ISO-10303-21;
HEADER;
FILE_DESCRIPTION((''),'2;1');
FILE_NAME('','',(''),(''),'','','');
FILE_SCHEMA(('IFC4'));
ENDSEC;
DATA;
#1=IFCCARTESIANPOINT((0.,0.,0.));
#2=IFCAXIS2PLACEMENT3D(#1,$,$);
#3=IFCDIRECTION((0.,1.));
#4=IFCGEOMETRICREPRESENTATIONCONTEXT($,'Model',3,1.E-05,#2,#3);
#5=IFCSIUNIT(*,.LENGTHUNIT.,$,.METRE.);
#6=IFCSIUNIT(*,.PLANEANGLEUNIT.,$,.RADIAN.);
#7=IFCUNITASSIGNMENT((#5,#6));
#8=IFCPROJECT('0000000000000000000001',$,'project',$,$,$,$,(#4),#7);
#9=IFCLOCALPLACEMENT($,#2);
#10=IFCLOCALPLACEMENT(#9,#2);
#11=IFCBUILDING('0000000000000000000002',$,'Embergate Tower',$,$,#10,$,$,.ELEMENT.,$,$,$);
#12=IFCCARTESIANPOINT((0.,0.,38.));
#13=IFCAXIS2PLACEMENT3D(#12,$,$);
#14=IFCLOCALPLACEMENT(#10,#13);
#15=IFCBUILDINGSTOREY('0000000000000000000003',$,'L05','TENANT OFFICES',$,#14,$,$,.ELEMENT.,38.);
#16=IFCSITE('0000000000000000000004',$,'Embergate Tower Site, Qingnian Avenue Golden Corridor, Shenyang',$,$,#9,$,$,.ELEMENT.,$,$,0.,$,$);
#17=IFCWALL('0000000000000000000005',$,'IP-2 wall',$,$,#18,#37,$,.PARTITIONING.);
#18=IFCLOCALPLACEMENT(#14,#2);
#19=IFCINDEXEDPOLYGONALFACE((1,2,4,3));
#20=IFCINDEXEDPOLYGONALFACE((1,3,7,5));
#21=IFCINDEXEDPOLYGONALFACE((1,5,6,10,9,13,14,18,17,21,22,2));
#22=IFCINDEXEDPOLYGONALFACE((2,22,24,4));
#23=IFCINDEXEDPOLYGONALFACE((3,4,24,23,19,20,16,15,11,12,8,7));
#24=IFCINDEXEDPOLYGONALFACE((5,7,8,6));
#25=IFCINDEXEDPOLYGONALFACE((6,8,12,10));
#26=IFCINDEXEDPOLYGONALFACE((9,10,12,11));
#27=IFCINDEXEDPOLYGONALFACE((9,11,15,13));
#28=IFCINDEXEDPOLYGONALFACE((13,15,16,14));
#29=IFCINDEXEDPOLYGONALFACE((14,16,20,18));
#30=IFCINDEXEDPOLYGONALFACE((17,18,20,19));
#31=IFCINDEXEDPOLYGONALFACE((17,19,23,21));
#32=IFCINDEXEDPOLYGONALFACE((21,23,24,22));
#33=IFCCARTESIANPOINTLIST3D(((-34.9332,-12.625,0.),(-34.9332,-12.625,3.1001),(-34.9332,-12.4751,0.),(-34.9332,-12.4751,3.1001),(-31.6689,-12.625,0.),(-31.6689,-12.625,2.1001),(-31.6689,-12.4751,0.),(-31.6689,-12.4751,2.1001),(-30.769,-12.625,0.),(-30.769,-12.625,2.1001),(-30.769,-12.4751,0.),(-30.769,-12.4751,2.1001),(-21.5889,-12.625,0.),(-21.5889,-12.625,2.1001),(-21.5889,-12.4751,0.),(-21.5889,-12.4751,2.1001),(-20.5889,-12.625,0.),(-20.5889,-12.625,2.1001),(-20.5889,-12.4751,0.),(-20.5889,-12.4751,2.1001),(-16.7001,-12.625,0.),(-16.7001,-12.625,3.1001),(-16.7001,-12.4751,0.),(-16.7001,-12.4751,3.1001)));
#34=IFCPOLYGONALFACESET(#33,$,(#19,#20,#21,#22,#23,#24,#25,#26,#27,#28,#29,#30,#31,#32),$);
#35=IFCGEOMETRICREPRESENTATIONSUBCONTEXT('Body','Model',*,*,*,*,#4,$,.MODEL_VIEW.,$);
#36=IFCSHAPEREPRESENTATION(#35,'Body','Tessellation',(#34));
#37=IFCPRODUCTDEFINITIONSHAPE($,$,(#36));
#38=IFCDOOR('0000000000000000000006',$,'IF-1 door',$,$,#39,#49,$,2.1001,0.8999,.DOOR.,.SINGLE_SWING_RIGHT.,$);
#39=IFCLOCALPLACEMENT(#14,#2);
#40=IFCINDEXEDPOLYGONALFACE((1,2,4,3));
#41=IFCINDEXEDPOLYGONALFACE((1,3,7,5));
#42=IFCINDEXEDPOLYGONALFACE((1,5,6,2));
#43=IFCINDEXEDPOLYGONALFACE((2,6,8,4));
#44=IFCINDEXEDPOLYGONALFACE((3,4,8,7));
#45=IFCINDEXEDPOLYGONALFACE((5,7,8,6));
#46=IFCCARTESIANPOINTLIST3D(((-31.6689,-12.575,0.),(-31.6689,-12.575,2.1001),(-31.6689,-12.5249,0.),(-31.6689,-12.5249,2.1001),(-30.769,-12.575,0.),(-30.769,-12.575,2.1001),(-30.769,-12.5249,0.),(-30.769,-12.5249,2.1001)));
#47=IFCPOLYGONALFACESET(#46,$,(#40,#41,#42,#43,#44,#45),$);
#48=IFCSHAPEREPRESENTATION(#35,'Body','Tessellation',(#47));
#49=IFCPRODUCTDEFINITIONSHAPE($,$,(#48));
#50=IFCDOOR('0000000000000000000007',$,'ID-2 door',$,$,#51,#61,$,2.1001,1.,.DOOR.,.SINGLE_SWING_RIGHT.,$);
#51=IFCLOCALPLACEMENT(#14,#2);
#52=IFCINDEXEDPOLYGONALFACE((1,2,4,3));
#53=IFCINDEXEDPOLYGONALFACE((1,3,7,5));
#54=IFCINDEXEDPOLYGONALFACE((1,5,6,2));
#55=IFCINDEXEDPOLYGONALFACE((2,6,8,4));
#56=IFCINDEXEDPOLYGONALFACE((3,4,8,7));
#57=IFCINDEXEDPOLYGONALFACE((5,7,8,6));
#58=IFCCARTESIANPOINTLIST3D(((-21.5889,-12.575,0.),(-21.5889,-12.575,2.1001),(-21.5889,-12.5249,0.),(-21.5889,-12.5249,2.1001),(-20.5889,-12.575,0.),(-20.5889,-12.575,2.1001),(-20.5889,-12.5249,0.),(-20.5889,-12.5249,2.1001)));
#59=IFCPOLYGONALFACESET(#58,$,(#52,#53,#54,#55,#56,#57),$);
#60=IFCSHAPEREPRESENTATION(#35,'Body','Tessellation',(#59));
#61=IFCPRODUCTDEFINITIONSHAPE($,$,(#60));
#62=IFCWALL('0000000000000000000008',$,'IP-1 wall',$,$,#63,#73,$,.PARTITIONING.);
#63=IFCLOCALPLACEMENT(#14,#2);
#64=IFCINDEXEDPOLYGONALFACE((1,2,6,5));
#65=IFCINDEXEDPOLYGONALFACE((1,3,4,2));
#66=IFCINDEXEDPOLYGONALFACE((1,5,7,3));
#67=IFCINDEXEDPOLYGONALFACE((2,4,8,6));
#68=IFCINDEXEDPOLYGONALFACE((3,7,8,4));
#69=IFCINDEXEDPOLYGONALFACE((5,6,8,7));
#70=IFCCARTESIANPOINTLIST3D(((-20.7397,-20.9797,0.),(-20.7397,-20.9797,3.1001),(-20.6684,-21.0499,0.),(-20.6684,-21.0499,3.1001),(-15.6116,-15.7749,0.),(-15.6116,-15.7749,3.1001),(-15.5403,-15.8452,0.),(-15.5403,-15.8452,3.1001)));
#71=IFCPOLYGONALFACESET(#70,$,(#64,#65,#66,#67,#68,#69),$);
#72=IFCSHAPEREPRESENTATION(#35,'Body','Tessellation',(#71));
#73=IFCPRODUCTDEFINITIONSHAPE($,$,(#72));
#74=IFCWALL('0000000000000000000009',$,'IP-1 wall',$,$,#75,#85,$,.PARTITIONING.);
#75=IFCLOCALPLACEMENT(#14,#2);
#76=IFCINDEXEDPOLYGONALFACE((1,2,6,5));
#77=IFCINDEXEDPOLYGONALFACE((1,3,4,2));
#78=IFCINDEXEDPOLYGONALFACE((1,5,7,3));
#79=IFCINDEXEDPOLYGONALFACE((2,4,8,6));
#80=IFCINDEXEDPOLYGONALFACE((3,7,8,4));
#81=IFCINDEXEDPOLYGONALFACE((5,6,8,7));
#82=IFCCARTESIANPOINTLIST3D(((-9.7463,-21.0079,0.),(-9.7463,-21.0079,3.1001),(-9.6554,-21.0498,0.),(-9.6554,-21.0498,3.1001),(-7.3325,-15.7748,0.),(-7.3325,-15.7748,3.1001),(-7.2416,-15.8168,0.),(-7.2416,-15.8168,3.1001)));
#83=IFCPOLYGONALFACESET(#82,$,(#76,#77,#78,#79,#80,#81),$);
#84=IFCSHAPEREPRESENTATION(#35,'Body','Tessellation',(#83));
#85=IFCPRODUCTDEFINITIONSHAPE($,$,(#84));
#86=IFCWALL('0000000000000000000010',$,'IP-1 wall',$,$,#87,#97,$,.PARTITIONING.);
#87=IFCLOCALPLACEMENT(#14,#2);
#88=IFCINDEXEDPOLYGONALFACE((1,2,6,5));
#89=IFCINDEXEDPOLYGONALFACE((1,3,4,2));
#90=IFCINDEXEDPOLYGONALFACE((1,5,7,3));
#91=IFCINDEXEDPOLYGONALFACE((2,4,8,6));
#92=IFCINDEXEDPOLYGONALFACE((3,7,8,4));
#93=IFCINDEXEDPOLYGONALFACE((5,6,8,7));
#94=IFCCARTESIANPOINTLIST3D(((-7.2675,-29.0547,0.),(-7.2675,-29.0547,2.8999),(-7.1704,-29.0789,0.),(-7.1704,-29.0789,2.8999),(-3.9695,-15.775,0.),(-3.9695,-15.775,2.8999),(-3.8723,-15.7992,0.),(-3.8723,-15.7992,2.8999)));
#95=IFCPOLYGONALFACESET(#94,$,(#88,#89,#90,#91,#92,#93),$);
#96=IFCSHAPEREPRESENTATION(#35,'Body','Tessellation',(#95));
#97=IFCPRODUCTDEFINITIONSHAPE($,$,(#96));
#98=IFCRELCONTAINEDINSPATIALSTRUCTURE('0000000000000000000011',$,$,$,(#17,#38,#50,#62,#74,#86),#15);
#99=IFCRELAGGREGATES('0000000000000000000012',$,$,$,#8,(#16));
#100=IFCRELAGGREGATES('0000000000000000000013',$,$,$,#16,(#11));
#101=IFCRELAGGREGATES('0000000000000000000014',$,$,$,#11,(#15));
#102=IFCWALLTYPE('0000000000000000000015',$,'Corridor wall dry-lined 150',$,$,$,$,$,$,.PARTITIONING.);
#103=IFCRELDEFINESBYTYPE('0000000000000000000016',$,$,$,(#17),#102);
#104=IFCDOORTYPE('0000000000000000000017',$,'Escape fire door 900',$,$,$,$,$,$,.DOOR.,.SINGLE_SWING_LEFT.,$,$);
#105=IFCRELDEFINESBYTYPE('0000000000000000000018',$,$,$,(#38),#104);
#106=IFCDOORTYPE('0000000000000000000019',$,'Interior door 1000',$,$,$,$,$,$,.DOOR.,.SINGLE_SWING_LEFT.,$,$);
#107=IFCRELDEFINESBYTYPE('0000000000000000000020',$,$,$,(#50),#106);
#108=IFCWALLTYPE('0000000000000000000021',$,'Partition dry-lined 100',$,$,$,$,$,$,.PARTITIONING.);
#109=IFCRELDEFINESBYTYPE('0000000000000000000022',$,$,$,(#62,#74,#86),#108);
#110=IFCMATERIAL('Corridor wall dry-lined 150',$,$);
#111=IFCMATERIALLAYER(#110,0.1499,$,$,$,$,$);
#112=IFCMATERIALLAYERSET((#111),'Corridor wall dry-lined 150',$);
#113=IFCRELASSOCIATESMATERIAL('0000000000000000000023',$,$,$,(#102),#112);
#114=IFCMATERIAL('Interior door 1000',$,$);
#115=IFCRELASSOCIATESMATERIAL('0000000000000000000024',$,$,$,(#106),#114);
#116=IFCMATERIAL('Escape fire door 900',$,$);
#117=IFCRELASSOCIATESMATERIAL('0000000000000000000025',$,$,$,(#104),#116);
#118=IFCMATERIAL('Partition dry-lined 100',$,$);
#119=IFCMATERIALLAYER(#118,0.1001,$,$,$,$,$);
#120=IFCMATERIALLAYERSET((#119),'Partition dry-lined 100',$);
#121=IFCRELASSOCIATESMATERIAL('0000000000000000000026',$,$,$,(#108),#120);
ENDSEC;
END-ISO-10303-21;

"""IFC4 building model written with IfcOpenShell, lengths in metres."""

from ifc_helpers import new_model, si_unit, direction, frame, frame_2d, origin, place, context, subcontext, project, spatial, rectangle, extrude, source, transform, mapped, material, layer, layer_set, type_object, element, fill, save


model = new_model("IFC4")

# Units and contexts
model_context = context("Model", 3, precision=1e-05, world=origin(), true_north=direction((0.0, 1.0)))
body_context = subcontext(model_context, "Body", "Model", "MODEL_VIEW")
ifc_project = project(units=[si_unit("LENGTHUNIT", "METRE"), si_unit("PLANEANGLEUNIT", "RADIAN")], contexts=[model_context])

# Site, building, storey
site_placement = place(None, origin())
site = spatial("IfcSite", under=ifc_project, at=site_placement, Name="Embergate Tower Site, Qingnian Avenue Golden Corridor, Shenyang", CompositionType="ELEMENT", RefElevation=0.0)
building_placement = place(site_placement, origin())
building = spatial("IfcBuilding", under=site, at=building_placement, Name="Embergate Tower", CompositionType="ELEMENT")
storey_placement = place(building_placement, frame((0.0, 0.0, 38.0)))
storey = spatial("IfcBuildingStorey", under=building, at=storey_placement, Name="L05", Description="TENANT OFFICES", CompositionType="ELEMENT", Elevation=38.0)

# Shared definitions
ifc_material_1 = material(Name="Corridor wall dry-lined 150")
ifc_layer_1 = layer(ifc_material_1, 0.1499)
ifc_layer_set_1 = layer_set([ifc_layer_1], Name="Corridor wall dry-lined 150")
wall_type_1 = type_object("IfcWallType", Name="Corridor wall dry-lined 150", PredefinedType="PARTITIONING", material=ifc_layer_set_1)
shared_shape_1 = source(origin(), body_context, "Body", "SweptSolid", [
    extrude(rectangle(XDim=1.0, YDim=2.1001, at=frame_2d((0.5, 1.05))), frame((0.0, 0.085, 0.0), z_axis=(0.0, -1.0, 0.0), x_axis=(1.0, 0.0, 0.0)), (0.0, 0.0, 1.0), 0.1699),
])
ifc_material_2 = material(Name="Interior door 1000")
door_type_1 = type_object("IfcDoorType", Name="Interior door 1000", OperationType="SINGLE_SWING_LEFT", PredefinedType="DOOR", material=ifc_material_2)
shared_shape_2 = source(origin(), body_context, "Body", "SweptSolid", [
    extrude(rectangle(XDim=1.0, YDim=2.1001, at=frame_2d((0.5, 1.05))), frame((0.0, 0.0249, 0.0), z_axis=(0.0, -1.0, 0.0), x_axis=(1.0, 0.0, 0.0)), (0.0, 0.0, 1.0), 0.05),
])

# Wall, openings, doors
shared_shape_3 = source(origin(), body_context, "Body", "SweptSolid", [
    extrude(rectangle(XDim=18.2332, YDim=0.1499, at=frame_2d((9.1167, 0.0))), origin(), (0.0, 0.0, 1.0), 3.1001),
])
wall_1_placement = place(storey_placement, frame((-16.7, -12.55, 0.0), z_axis=(0.0, 0.0, 1.0), x_axis=(-1.0, 0.0, 0.0)))
wall_1 = element("IfcWall", 1, at=wall_1_placement, inside=storey, type_object=wall_type_1, Name="IP-2 wall", PredefinedType="PARTITIONING", context=body_context, shape_type="MappedRepresentation", body=[
    mapped(shared_shape_3, transform((0.0, 0.0, 0.0))),
])
shared_shape_4 = source(origin(), body_context, "Body", "SweptSolid", [
    extrude(rectangle(XDim=0.8999, YDim=2.1001, at=frame_2d((0.45, 1.05))), frame((0.0, 0.085, 0.0), z_axis=(0.0, -1.0, 0.0), x_axis=(1.0, 0.0, 0.0)), (0.0, 0.0, 1.0), 0.1699),
])
opening_1_placement = place(wall_1_placement, frame((14.0691, 0.0, 0.0)))
opening_1 = element("IfcOpeningElement", 2, at=opening_1_placement, cuts=wall_1, PredefinedType="OPENING", context=body_context, shape_type="MappedRepresentation", body=[
    mapped(shared_shape_4, transform((0.0, 0.0, 0.0))),
])
opening_2_placement = place(wall_1_placement, frame((3.8889, 0.0, 0.0)))
opening_2 = element("IfcOpeningElement", 3, at=opening_2_placement, cuts=wall_1, PredefinedType="OPENING", context=body_context, shape_type="MappedRepresentation", body=[
    mapped(shared_shape_1, transform((0.0, 0.0, 0.0))),
])
ifc_material_3 = material(Name="Escape fire door 900")
door_type_2 = type_object("IfcDoorType", Name="Escape fire door 900", OperationType="SINGLE_SWING_LEFT", PredefinedType="DOOR", material=ifc_material_3)
shared_shape_5 = source(origin(), body_context, "Body", "SweptSolid", [
    extrude(rectangle(XDim=0.8999, YDim=2.1001, at=frame_2d((0.45, 1.05))), frame((0.0, 0.0249, 0.0), z_axis=(0.0, -1.0, 0.0), x_axis=(1.0, 0.0, 0.0)), (0.0, 0.0, 1.0), 0.05),
])
door_1_placement = place(opening_1_placement, origin())
door_1 = element("IfcDoor", 4, at=door_1_placement, inside=storey, type_object=door_type_2, Name="IF-1 door", OperationType="SINGLE_SWING_RIGHT", OverallHeight=2.1001, OverallWidth=0.8999, PredefinedType="DOOR", context=body_context, shape_type="MappedRepresentation", body=[
    mapped(shared_shape_5, transform((0.0, 0.0, 0.0))),
])
fill(opening_1, door_1)
door_2_placement = place(opening_2_placement, origin())
door_2 = element("IfcDoor", 5, at=door_2_placement, inside=storey, type_object=door_type_1, Name="ID-2 door", OperationType="SINGLE_SWING_RIGHT", OverallHeight=2.1001, OverallWidth=1.0, PredefinedType="DOOR", context=body_context, shape_type="MappedRepresentation", body=[
    mapped(shared_shape_2, transform((0.0, 0.0, 0.0))),
])
fill(opening_2, door_2)

# Walls
ifc_material_4 = material(Name="Partition dry-lined 100")
ifc_layer_2 = layer(ifc_material_4, 0.1001)
ifc_layer_set_2 = layer_set([ifc_layer_2], Name="Partition dry-lined 100")
wall_type_2 = type_object("IfcWallType", Name="Partition dry-lined 100", PredefinedType="PARTITIONING", material=ifc_layer_set_2)
shared_shape_6 = source(origin(), body_context, "Body", "SweptSolid", [
    extrude(rectangle(XDim=7.3066, YDim=0.1001, at=frame_2d((3.6533, 0.0))), origin(), (0.0, 0.0, 1.0), 3.1001),
])
wall_2_placement = place(storey_placement, frame((-15.5759, -15.8101, 0.0), z_axis=(0.0, 0.0, 1.0), x_axis=(-0.701841, -0.712333, 0.0)))
element("IfcWall", 6, at=wall_2_placement, inside=storey, type_object=wall_type_2, Name="IP-1 wall", PredefinedType="PARTITIONING", context=body_context, shape_type="MappedRepresentation", body=[
    mapped(shared_shape_6, transform((0.0, 0.0, 0.0))),
])
shared_shape_7 = source(origin(), body_context, "Body", "SweptSolid", [
    extrude(rectangle(XDim=5.7629, YDim=0.1001, at=frame_2d((2.8813, 0.0))), origin(), (0.0, 0.0, 1.0), 3.1001),
])
wall_3_placement = place(storey_placement, frame((-7.2871, -15.7959, 0.0), z_axis=(0.0, 0.0, 1.0), x_axis=(-0.418846, -0.908057, 0.0)))
element("IfcWall", 7, at=wall_3_placement, inside=storey, type_object=wall_type_2, Name="IP-1 wall", PredefinedType="PARTITIONING", context=body_context, shape_type="MappedRepresentation", body=[
    mapped(shared_shape_7, transform((0.0, 0.0, 0.0))),
])
shared_shape_8 = source(origin(), body_context, "Body", "SweptSolid", [
    extrude(rectangle(XDim=13.6831, YDim=0.1001, at=frame_2d((6.8416, 0.0))), origin(), (0.0, 0.0, 1.0), 2.8999),
])
wall_4_placement = place(storey_placement, frame((-3.9209, -15.7871, 0.0), z_axis=(0.0, 0.0, 1.0), x_axis=(-0.241032, -0.970517, 0.0)))
element("IfcWall", 8, at=wall_4_placement, inside=storey, type_object=wall_type_2, Name="IP-1 wall", PredefinedType="PARTITIONING", context=body_context, shape_type="MappedRepresentation", body=[
    mapped(shared_shape_8, transform((0.0, 0.0, 0.0))),
])

save(model, "model.ifc")
